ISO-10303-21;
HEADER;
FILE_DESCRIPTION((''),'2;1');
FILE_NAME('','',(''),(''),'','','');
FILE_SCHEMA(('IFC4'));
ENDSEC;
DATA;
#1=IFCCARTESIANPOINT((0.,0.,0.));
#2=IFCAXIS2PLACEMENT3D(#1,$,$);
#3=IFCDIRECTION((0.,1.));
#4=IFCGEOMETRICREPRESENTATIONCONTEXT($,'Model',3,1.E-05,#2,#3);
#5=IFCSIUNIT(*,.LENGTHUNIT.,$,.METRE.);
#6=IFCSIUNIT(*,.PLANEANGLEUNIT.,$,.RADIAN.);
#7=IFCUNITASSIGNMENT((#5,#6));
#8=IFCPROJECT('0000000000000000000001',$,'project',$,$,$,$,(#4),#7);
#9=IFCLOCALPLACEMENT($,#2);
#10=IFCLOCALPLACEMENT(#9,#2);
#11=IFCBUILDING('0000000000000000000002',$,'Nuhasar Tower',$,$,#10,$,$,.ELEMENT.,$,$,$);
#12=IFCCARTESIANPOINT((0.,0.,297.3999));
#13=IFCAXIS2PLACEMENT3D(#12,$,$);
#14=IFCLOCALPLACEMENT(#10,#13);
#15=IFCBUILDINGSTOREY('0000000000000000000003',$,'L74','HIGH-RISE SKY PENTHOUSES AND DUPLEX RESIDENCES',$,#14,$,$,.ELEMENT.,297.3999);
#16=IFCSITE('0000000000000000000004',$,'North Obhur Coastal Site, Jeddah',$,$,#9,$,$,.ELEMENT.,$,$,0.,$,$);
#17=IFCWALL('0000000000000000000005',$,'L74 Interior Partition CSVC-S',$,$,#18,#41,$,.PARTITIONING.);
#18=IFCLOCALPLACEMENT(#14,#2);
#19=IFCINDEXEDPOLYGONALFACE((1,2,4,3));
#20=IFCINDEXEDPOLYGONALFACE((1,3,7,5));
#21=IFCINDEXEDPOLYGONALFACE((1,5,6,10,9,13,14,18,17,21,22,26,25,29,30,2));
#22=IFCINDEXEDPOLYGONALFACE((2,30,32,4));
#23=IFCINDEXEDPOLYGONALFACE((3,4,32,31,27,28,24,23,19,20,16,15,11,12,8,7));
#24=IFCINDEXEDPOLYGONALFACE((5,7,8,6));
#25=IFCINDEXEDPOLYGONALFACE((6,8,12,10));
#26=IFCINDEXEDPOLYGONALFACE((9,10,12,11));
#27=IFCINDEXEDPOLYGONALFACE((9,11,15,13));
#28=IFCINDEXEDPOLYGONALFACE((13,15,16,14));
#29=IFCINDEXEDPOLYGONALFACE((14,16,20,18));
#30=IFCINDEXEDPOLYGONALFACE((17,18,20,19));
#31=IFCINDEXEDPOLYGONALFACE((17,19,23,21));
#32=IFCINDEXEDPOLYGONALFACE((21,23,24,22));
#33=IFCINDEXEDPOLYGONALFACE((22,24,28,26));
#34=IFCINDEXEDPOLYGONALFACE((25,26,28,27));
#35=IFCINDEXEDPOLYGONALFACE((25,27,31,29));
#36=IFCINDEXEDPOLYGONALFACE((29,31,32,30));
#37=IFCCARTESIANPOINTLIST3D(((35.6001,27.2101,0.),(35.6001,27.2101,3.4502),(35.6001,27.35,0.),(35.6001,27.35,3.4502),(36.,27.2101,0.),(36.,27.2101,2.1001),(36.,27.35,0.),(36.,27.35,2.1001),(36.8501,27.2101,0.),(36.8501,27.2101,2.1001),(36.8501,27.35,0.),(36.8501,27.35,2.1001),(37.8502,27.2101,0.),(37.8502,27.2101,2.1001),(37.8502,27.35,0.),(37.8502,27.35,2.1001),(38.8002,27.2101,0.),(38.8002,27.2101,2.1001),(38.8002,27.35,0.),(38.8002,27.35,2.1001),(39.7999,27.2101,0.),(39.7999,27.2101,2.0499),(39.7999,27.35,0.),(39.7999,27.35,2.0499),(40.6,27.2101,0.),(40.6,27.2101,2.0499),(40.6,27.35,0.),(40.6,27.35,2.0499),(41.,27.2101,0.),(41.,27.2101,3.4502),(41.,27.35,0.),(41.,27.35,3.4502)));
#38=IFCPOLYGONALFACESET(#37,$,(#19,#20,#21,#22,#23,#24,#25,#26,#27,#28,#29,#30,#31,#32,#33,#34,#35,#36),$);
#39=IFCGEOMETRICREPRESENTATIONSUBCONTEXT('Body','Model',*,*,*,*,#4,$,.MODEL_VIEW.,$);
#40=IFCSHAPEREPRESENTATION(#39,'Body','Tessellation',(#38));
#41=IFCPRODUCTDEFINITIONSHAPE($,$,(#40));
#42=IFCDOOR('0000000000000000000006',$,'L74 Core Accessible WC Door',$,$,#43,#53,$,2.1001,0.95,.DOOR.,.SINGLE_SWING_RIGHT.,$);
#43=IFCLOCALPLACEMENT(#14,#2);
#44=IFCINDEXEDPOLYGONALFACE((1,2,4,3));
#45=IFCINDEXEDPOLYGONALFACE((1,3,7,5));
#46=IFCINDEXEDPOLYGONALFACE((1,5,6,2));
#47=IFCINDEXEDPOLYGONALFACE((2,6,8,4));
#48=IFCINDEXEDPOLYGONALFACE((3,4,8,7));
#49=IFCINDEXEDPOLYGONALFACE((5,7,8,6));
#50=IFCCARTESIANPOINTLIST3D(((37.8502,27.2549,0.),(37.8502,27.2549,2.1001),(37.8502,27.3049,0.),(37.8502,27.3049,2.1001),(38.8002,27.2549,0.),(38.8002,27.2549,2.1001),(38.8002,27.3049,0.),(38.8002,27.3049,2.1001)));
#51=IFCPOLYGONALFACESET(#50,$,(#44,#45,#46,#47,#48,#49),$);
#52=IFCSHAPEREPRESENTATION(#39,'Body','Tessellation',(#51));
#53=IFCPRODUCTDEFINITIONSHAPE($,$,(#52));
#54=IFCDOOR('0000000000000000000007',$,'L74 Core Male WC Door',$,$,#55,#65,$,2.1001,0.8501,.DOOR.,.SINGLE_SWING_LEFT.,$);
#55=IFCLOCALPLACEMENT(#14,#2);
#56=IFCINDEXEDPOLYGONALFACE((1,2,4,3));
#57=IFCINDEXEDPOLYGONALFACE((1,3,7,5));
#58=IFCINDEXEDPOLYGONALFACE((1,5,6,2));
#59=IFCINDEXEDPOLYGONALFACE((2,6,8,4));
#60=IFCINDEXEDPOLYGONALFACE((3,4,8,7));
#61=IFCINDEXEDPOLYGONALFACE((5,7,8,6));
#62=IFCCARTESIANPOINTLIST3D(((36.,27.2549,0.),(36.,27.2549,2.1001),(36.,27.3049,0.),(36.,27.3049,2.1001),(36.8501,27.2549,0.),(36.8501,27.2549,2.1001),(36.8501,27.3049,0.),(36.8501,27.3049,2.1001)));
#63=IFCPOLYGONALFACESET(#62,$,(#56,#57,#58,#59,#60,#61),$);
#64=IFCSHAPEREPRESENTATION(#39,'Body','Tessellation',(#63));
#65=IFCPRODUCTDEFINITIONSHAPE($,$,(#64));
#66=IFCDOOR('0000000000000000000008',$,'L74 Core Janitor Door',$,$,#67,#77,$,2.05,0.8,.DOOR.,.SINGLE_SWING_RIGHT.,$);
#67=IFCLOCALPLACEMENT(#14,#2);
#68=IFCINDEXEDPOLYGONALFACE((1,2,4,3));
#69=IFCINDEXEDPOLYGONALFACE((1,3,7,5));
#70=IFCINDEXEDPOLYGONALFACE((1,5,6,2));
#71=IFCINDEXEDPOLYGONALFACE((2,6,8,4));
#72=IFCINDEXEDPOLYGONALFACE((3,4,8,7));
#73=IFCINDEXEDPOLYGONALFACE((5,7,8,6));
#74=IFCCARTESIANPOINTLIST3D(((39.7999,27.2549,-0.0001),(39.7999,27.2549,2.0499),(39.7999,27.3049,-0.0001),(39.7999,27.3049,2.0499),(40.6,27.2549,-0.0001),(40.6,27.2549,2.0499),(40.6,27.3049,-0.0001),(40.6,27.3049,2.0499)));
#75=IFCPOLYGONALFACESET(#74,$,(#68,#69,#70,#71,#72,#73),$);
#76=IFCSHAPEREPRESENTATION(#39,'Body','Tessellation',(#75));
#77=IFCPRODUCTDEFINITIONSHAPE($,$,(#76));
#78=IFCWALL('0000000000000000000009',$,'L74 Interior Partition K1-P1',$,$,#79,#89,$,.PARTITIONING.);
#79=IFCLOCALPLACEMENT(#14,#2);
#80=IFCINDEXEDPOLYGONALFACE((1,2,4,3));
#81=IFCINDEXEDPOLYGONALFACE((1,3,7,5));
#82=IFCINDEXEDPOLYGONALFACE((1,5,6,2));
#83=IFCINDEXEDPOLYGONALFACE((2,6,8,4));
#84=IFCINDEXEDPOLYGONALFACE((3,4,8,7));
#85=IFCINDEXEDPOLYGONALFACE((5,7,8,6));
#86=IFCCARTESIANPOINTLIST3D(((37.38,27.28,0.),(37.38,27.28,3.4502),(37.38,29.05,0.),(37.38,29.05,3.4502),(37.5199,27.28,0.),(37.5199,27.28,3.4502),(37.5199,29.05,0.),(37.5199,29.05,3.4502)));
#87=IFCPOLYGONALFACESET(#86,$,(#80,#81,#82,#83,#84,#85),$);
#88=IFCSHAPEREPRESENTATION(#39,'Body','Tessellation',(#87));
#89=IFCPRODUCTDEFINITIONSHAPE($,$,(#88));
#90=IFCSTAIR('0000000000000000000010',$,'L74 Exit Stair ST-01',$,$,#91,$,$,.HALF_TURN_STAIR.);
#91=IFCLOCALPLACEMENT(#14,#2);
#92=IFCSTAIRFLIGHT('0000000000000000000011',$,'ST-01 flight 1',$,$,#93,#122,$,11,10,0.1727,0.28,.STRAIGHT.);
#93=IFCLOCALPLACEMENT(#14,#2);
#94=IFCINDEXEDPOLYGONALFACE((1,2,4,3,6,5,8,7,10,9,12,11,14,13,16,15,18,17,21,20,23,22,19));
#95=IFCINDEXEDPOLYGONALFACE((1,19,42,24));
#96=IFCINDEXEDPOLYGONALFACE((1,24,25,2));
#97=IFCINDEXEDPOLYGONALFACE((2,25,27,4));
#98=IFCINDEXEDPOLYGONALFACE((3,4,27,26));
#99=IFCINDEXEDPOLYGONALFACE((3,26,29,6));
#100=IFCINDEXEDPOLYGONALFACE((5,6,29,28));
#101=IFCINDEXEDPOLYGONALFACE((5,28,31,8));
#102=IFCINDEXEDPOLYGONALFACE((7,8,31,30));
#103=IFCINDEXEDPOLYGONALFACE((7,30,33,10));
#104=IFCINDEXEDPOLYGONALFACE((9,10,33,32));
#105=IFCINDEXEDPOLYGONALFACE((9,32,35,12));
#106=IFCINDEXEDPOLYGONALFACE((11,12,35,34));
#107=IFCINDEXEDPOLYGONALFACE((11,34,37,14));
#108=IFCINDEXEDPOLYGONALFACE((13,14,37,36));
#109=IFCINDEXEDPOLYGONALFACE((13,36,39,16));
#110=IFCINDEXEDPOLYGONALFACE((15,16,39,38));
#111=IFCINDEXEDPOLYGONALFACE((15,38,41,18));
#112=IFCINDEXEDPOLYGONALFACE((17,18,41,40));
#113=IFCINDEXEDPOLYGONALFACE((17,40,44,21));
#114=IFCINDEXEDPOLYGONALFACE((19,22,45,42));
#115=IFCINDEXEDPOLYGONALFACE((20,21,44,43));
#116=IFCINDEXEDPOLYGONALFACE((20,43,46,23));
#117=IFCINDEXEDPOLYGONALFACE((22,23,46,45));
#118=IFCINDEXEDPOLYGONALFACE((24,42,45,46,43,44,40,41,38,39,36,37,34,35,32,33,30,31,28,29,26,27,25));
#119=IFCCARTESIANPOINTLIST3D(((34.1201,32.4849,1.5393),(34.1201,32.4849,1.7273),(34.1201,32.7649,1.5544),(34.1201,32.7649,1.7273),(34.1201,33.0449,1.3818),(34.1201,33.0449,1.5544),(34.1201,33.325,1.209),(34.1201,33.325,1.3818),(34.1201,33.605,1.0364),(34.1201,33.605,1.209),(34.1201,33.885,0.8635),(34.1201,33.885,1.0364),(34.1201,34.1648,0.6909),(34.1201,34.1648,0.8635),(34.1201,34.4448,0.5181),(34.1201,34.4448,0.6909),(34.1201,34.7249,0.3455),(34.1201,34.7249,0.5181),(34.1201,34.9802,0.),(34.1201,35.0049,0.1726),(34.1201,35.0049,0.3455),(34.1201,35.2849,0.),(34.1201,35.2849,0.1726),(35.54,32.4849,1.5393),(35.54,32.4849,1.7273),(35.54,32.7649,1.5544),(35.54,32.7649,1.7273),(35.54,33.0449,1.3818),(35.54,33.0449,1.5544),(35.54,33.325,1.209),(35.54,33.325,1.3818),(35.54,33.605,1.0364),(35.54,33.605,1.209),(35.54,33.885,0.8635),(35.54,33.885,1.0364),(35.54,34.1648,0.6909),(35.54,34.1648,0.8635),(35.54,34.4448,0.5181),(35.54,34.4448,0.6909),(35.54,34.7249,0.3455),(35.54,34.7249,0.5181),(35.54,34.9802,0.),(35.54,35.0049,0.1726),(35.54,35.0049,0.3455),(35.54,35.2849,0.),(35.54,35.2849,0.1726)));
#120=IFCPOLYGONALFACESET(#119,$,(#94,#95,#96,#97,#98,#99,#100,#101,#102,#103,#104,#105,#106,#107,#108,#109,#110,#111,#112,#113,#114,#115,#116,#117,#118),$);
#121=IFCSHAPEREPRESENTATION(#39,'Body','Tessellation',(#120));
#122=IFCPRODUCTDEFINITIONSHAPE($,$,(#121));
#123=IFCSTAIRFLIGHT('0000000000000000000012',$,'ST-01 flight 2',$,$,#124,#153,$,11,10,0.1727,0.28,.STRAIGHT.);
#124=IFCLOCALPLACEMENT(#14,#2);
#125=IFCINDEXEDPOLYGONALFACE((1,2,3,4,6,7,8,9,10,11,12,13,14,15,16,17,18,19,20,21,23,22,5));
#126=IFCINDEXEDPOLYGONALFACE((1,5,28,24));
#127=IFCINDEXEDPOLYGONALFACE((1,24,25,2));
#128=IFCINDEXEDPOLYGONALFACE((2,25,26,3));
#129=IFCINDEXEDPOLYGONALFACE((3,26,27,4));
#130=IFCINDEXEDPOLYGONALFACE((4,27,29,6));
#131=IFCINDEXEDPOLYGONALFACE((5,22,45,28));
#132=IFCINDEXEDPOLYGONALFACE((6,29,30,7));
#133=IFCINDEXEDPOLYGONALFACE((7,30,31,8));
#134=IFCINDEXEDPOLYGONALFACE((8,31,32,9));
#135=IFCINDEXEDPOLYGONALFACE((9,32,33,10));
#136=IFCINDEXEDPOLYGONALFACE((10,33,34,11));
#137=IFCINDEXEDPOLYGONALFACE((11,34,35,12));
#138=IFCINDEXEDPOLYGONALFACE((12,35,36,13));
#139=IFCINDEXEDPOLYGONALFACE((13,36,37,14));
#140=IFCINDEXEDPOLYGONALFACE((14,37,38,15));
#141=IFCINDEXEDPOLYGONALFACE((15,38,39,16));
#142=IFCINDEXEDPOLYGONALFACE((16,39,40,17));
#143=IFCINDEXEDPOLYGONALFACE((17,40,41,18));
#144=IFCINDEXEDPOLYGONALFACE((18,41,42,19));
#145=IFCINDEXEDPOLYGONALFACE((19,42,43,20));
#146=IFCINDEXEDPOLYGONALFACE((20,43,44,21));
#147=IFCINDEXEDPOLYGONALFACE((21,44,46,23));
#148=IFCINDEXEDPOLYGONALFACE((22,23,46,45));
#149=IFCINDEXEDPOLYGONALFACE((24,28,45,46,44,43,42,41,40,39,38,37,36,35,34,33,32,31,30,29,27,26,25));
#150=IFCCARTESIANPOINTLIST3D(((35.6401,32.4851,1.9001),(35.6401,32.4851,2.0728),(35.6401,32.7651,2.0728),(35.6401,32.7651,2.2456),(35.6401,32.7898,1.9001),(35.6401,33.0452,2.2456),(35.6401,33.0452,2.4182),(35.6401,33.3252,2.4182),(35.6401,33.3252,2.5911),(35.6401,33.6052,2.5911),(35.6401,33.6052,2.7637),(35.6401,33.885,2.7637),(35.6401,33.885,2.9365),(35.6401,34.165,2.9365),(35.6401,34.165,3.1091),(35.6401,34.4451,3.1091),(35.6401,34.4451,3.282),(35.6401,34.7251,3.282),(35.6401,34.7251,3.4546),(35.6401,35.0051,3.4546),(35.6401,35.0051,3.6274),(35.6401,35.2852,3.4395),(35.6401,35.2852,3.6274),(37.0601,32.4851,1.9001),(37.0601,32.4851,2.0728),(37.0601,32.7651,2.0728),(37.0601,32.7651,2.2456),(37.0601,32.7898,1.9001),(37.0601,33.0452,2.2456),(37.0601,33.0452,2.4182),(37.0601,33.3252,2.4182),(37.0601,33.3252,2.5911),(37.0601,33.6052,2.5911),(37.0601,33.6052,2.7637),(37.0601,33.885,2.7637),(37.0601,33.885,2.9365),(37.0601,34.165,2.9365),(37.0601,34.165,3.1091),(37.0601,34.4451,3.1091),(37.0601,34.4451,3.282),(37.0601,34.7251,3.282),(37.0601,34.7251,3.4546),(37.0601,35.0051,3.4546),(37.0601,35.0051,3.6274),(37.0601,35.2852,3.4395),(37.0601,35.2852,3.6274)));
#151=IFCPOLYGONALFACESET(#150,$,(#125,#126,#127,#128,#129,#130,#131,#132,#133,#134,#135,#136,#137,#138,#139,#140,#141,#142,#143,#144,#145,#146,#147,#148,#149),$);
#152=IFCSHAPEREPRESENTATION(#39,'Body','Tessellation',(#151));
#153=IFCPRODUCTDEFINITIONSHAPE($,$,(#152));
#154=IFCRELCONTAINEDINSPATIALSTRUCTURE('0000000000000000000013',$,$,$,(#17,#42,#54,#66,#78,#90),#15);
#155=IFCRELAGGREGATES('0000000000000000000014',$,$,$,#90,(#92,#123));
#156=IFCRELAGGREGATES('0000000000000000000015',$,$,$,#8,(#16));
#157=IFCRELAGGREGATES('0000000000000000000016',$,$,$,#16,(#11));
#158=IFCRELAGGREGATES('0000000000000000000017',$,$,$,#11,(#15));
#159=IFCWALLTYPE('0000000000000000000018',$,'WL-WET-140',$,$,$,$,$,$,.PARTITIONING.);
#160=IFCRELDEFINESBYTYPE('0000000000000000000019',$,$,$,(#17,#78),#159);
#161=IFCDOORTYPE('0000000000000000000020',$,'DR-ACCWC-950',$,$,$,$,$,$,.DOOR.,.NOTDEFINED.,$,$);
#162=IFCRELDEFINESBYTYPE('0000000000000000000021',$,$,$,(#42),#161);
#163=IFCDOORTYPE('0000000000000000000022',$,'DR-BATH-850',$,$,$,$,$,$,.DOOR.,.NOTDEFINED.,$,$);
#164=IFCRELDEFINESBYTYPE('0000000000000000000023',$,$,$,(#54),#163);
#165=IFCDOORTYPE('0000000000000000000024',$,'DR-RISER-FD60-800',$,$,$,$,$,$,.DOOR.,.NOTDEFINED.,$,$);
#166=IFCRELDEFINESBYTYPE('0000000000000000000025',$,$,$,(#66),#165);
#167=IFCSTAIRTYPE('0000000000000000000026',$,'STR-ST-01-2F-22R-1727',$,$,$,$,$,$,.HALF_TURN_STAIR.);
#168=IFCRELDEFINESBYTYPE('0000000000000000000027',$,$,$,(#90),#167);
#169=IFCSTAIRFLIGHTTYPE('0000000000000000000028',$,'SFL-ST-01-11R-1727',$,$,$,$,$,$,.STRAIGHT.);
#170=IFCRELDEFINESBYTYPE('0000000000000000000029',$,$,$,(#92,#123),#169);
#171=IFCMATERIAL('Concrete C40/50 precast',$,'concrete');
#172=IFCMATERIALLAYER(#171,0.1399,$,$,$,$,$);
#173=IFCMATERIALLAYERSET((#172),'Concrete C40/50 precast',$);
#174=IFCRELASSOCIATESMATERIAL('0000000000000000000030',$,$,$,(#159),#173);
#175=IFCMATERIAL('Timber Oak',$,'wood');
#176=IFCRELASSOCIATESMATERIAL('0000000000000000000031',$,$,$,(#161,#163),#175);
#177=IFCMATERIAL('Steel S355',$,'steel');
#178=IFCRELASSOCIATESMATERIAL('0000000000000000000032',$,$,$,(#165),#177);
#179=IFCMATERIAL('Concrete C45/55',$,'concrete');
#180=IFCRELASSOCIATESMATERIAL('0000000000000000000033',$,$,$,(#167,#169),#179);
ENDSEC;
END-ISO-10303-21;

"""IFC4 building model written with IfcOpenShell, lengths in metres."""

from ifc_helpers import new_model, si_unit, direction, frame, frame_2d, origin, place, context, subcontext, project, spatial, polyline, rectangle, outline, extrude, material, layer, layer_set, type_object, element, fill, aggregate, save


model = new_model("IFC4")

# Units and contexts
model_context = context("Model", 3, precision=1e-05, world=origin(), true_north=direction((0.0, 1.0)))
body_context = subcontext(model_context, "Body", "Model", "MODEL_VIEW")
ifc_project = project(units=[si_unit("LENGTHUNIT", "METRE"), si_unit("PLANEANGLEUNIT", "RADIAN")], contexts=[model_context])

# Site, building, storey
site_placement = place(None, origin())
site = spatial("IfcSite", under=ifc_project, at=site_placement, Name="North Obhur Coastal Site, Jeddah", CompositionType="ELEMENT", RefElevation=0.0)
building_placement = place(site_placement, origin())
building = spatial("IfcBuilding", under=site, at=building_placement, Name="Nuhasar Tower", CompositionType="ELEMENT")
storey_placement = place(building_placement, frame((0.0, 0.0, 297.3999)))
storey = spatial("IfcBuildingStorey", under=building, at=storey_placement, Name="L74", Description="HIGH-RISE SKY PENTHOUSES AND DUPLEX RESIDENCES", CompositionType="ELEMENT", Elevation=297.3999)

# Shared definitions
ifc_material_1 = material(Name="Steel S355", Category="steel")

# Shared definitions
ifc_material_2 = material(Name="Concrete C40/50 precast", Category="concrete")
ifc_layer_1 = layer(ifc_material_2, 0.1399)
ifc_layer_set_1 = layer_set([ifc_layer_1], Name="Concrete C40/50 precast")
wall_type_1 = type_object("IfcWallType", Name="WL-WET-140", PredefinedType="PARTITIONING", material=ifc_layer_set_1)

# Wall, openings, doors
wall_1_placement = place(storey_placement, frame((35.6001, 27.28, 0.0), z_axis=(0.0, 0.0, 1.0), x_axis=(1.0, 0.0, 0.0)))
wall_1 = element("IfcWall", 1, at=wall_1_placement, inside=storey, type_object=wall_type_1, Name="L74 Interior Partition CSVC-S", PredefinedType="PARTITIONING", context=body_context, shape_type="SweptSolid", body=[
    extrude(rectangle(XDim=5.3999, YDim=0.1399, at=frame_2d((2.7, 0.0))), origin(), (0.0, 0.0, 1.0), 3.4502),
])
opening_1_placement = place(wall_1_placement, frame((0.3999, 0.0, 0.0)))
opening_1 = element("IfcOpeningElement", 2, at=opening_1_placement, cuts=wall_1, PredefinedType="OPENING", context=body_context, shape_type="SweptSolid", body=[
    extrude(rectangle(XDim=0.8501, YDim=2.1001, at=frame_2d((0.425, 1.05))), frame((0.0, 0.0801, 0.0), z_axis=(0.0, -1.0, 0.0), x_axis=(1.0, 0.0, 0.0)), (0.0, 0.0, 1.0), 0.1599),
])
opening_2_placement = place(wall_1_placement, frame((2.25, 0.0, 0.0)))
opening_2 = element("IfcOpeningElement", 3, at=opening_2_placement, cuts=wall_1, PredefinedType="OPENING", context=body_context, shape_type="SweptSolid", body=[
    extrude(rectangle(XDim=0.95, YDim=2.1001, at=frame_2d((0.4751, 1.05))), frame((0.0, 0.0801, 0.0), z_axis=(0.0, -1.0, 0.0), x_axis=(1.0, 0.0, 0.0)), (0.0, 0.0, 1.0), 0.1599),
])
opening_3_placement = place(wall_1_placement, frame((4.2, 0.0, 0.0)))
opening_3 = element("IfcOpeningElement", 4, at=opening_3_placement, cuts=wall_1, PredefinedType="OPENING", context=body_context, shape_type="SweptSolid", body=[
    extrude(rectangle(XDim=0.8, YDim=2.05, at=frame_2d((0.3999, 1.0249))), frame((0.0, 0.0801, 0.0), z_axis=(0.0, -1.0, 0.0), x_axis=(1.0, 0.0, 0.0)), (0.0, 0.0, 1.0), 0.1599),
])
ifc_material_3 = material(Name="Timber Oak", Category="wood")
door_type_1 = type_object("IfcDoorType", Name="DR-ACCWC-950", OperationType="NOTDEFINED", PredefinedType="DOOR", material=ifc_material_3)
door_1_placement = place(opening_2_placement, origin())
door_1 = element("IfcDoor", 5, at=door_1_placement, inside=storey, type_object=door_type_1, Name="L74 Core Accessible WC Door", OperationType="SINGLE_SWING_RIGHT", OverallHeight=2.1001, OverallWidth=0.95, PredefinedType="DOOR", context=body_context, shape_type="SweptSolid", body=[
    extrude(rectangle(XDim=0.95, YDim=2.1001, at=frame_2d((0.4751, 1.05))), frame((0.0, 0.0249, 0.0), z_axis=(0.0, -1.0, 0.0), x_axis=(1.0, 0.0, 0.0)), (0.0, 0.0, 1.0), 0.05),
])
fill(opening_2, door_1)
door_type_2 = type_object("IfcDoorType", Name="DR-BATH-850", OperationType="NOTDEFINED", PredefinedType="DOOR", material=ifc_material_3)
door_2_placement = place(opening_1_placement, origin())
door_2 = element("IfcDoor", 6, at=door_2_placement, inside=storey, type_object=door_type_2, Name="L74 Core Male WC Door", OperationType="SINGLE_SWING_LEFT", OverallHeight=2.1001, OverallWidth=0.8501, PredefinedType="DOOR", context=body_context, shape_type="SweptSolid", body=[
    extrude(rectangle(XDim=0.8501, YDim=2.1001, at=frame_2d((0.425, 1.05))), frame((0.0, 0.0249, 0.0), z_axis=(0.0, -1.0, 0.0), x_axis=(1.0, 0.0, 0.0)), (0.0, 0.0, 1.0), 0.05),
])
fill(opening_1, door_2)
door_type_3 = type_object("IfcDoorType", Name="DR-RISER-FD60-800", OperationType="NOTDEFINED", PredefinedType="DOOR", material=ifc_material_1)
door_3_placement = place(opening_3_placement, origin())
door_3 = element("IfcDoor", 7, at=door_3_placement, inside=storey, type_object=door_type_3, Name="L74 Core Janitor Door", OperationType="SINGLE_SWING_RIGHT", OverallHeight=2.05, OverallWidth=0.8, PredefinedType="DOOR", context=body_context, shape_type="SweptSolid", body=[
    extrude(rectangle(XDim=0.8, YDim=2.05, at=frame_2d((0.3999, 1.0249))), frame((0.0, 0.0249, 0.0), z_axis=(0.0, -1.0, 0.0), x_axis=(1.0, 0.0, 0.0)), (0.0, 0.0, 1.0), 0.05),
])
fill(opening_3, door_3)

# Wall
wall_2_placement = place(storey_placement, frame((37.45, 27.28, 0.0), z_axis=(0.0, 0.0, 1.0), x_axis=(0.0, 1.0, 0.0)))
element("IfcWall", 8, at=wall_2_placement, inside=storey, type_object=wall_type_1, Name="L74 Interior Partition K1-P1", PredefinedType="PARTITIONING", context=body_context, shape_type="SweptSolid", body=[
    extrude(rectangle(XDim=1.77, YDim=0.1399, at=frame_2d((0.885, 0.0))), origin(), (0.0, 0.0, 1.0), 3.4502),
])

# Stair, stair flights
ifc_material_4 = material(Name="Concrete C45/55", Category="concrete")
stair_type_1 = type_object("IfcStairType", Name="STR-ST-01-2F-22R-1727", PredefinedType="HALF_TURN_STAIR", material=ifc_material_4)
stair_1_placement = place(storey_placement, origin())
stair_1 = element("IfcStair", 9, at=stair_1_placement, inside=storey, type_object=stair_type_1, Name="L74 Exit Stair ST-01", PredefinedType="HALF_TURN_STAIR")
stair_flight_type_1 = type_object("IfcStairFlightType", Name="SFL-ST-01-11R-1727", PredefinedType="STRAIGHT", material=ifc_material_4)
stair_flight_1_placement = place(storey_placement, frame((34.8301, 35.2849, 0.0), z_axis=(0.0, 0.0, 1.0), x_axis=(0.0, -1.0, 0.0)))
stair_flight_1 = element("IfcStairFlight", 10, at=stair_flight_1_placement, type_object=stair_flight_type_1, Name="ST-01 flight 1", NumberOfRisers=11, NumberOfTreads=10, PredefinedType="STRAIGHT", RiserHeight=0.1727, TreadLength=0.28, context=body_context, shape_type="SweptSolid", body=[
    extrude(outline(polyline([(0.0, 0.0), (0.0, 0.1726), (0.28, 0.1726), (0.28, 0.3455), (0.5601, 0.3455), (0.5601, 0.5181), (0.8401, 0.5181), (0.8401, 0.6909), (1.1201, 0.6909), (1.1201, 0.8635), (1.3999, 0.8635), (1.3999, 1.0364), (1.6799, 1.0364), (1.6799, 1.209), (1.96, 1.209), (1.96, 1.3818), (2.24, 1.3818), (2.24, 1.5544), (2.52, 1.5544), (2.52, 1.7273), (2.8, 1.7273), (2.8, 1.8999), (2.8, 1.5393), (0.3047, 0.0), (0.0, 0.0)])), frame((0.0, 0.71, 0.0), z_axis=(0.0, -1.0, 0.0), x_axis=(1.0, 0.0, 0.0)), (0.0, 0.0, 1.0), 1.4199),
])
stair_flight_2_placement = place(storey_placement, frame((36.3501, 32.4851, 1.9001), z_axis=(0.0, 0.0, 1.0), x_axis=(0.0, 1.0, 0.0)))
stair_flight_2 = element("IfcStairFlight", 11, at=stair_flight_2_placement, type_object=stair_flight_type_1, Name="ST-01 flight 2", NumberOfRisers=11, NumberOfTreads=10, PredefinedType="STRAIGHT", RiserHeight=0.1727, TreadLength=0.28, context=body_context, shape_type="SweptSolid", body=[
    extrude(outline(polyline([(0.0, 0.0), (0.0, 0.1726), (0.28, 0.1726), (0.28, 0.3455), (0.5601, 0.3455), (0.5601, 0.5181), (0.8401, 0.5181), (0.8401, 0.6909), (1.1201, 0.6909), (1.1201, 0.8635), (1.3999, 0.8635), (1.3999, 1.0364), (1.6799, 1.0364), (1.6799, 1.209), (1.96, 1.209), (1.96, 1.3818), (2.24, 1.3818), (2.24, 1.5544), (2.52, 1.5544), (2.52, 1.7273), (2.8, 1.7273), (2.8, 1.8999), (2.8, 1.5393), (0.3047, 0.0), (0.0, 0.0)])), frame((0.0, 0.71, 0.0), z_axis=(0.0, -1.0, 0.0), x_axis=(1.0, 0.0, 0.0)), (0.0, 0.0, 1.0), 1.4199),
])
aggregate(stair_1, [stair_flight_1, stair_flight_2])

save(model, "model.ifc")
